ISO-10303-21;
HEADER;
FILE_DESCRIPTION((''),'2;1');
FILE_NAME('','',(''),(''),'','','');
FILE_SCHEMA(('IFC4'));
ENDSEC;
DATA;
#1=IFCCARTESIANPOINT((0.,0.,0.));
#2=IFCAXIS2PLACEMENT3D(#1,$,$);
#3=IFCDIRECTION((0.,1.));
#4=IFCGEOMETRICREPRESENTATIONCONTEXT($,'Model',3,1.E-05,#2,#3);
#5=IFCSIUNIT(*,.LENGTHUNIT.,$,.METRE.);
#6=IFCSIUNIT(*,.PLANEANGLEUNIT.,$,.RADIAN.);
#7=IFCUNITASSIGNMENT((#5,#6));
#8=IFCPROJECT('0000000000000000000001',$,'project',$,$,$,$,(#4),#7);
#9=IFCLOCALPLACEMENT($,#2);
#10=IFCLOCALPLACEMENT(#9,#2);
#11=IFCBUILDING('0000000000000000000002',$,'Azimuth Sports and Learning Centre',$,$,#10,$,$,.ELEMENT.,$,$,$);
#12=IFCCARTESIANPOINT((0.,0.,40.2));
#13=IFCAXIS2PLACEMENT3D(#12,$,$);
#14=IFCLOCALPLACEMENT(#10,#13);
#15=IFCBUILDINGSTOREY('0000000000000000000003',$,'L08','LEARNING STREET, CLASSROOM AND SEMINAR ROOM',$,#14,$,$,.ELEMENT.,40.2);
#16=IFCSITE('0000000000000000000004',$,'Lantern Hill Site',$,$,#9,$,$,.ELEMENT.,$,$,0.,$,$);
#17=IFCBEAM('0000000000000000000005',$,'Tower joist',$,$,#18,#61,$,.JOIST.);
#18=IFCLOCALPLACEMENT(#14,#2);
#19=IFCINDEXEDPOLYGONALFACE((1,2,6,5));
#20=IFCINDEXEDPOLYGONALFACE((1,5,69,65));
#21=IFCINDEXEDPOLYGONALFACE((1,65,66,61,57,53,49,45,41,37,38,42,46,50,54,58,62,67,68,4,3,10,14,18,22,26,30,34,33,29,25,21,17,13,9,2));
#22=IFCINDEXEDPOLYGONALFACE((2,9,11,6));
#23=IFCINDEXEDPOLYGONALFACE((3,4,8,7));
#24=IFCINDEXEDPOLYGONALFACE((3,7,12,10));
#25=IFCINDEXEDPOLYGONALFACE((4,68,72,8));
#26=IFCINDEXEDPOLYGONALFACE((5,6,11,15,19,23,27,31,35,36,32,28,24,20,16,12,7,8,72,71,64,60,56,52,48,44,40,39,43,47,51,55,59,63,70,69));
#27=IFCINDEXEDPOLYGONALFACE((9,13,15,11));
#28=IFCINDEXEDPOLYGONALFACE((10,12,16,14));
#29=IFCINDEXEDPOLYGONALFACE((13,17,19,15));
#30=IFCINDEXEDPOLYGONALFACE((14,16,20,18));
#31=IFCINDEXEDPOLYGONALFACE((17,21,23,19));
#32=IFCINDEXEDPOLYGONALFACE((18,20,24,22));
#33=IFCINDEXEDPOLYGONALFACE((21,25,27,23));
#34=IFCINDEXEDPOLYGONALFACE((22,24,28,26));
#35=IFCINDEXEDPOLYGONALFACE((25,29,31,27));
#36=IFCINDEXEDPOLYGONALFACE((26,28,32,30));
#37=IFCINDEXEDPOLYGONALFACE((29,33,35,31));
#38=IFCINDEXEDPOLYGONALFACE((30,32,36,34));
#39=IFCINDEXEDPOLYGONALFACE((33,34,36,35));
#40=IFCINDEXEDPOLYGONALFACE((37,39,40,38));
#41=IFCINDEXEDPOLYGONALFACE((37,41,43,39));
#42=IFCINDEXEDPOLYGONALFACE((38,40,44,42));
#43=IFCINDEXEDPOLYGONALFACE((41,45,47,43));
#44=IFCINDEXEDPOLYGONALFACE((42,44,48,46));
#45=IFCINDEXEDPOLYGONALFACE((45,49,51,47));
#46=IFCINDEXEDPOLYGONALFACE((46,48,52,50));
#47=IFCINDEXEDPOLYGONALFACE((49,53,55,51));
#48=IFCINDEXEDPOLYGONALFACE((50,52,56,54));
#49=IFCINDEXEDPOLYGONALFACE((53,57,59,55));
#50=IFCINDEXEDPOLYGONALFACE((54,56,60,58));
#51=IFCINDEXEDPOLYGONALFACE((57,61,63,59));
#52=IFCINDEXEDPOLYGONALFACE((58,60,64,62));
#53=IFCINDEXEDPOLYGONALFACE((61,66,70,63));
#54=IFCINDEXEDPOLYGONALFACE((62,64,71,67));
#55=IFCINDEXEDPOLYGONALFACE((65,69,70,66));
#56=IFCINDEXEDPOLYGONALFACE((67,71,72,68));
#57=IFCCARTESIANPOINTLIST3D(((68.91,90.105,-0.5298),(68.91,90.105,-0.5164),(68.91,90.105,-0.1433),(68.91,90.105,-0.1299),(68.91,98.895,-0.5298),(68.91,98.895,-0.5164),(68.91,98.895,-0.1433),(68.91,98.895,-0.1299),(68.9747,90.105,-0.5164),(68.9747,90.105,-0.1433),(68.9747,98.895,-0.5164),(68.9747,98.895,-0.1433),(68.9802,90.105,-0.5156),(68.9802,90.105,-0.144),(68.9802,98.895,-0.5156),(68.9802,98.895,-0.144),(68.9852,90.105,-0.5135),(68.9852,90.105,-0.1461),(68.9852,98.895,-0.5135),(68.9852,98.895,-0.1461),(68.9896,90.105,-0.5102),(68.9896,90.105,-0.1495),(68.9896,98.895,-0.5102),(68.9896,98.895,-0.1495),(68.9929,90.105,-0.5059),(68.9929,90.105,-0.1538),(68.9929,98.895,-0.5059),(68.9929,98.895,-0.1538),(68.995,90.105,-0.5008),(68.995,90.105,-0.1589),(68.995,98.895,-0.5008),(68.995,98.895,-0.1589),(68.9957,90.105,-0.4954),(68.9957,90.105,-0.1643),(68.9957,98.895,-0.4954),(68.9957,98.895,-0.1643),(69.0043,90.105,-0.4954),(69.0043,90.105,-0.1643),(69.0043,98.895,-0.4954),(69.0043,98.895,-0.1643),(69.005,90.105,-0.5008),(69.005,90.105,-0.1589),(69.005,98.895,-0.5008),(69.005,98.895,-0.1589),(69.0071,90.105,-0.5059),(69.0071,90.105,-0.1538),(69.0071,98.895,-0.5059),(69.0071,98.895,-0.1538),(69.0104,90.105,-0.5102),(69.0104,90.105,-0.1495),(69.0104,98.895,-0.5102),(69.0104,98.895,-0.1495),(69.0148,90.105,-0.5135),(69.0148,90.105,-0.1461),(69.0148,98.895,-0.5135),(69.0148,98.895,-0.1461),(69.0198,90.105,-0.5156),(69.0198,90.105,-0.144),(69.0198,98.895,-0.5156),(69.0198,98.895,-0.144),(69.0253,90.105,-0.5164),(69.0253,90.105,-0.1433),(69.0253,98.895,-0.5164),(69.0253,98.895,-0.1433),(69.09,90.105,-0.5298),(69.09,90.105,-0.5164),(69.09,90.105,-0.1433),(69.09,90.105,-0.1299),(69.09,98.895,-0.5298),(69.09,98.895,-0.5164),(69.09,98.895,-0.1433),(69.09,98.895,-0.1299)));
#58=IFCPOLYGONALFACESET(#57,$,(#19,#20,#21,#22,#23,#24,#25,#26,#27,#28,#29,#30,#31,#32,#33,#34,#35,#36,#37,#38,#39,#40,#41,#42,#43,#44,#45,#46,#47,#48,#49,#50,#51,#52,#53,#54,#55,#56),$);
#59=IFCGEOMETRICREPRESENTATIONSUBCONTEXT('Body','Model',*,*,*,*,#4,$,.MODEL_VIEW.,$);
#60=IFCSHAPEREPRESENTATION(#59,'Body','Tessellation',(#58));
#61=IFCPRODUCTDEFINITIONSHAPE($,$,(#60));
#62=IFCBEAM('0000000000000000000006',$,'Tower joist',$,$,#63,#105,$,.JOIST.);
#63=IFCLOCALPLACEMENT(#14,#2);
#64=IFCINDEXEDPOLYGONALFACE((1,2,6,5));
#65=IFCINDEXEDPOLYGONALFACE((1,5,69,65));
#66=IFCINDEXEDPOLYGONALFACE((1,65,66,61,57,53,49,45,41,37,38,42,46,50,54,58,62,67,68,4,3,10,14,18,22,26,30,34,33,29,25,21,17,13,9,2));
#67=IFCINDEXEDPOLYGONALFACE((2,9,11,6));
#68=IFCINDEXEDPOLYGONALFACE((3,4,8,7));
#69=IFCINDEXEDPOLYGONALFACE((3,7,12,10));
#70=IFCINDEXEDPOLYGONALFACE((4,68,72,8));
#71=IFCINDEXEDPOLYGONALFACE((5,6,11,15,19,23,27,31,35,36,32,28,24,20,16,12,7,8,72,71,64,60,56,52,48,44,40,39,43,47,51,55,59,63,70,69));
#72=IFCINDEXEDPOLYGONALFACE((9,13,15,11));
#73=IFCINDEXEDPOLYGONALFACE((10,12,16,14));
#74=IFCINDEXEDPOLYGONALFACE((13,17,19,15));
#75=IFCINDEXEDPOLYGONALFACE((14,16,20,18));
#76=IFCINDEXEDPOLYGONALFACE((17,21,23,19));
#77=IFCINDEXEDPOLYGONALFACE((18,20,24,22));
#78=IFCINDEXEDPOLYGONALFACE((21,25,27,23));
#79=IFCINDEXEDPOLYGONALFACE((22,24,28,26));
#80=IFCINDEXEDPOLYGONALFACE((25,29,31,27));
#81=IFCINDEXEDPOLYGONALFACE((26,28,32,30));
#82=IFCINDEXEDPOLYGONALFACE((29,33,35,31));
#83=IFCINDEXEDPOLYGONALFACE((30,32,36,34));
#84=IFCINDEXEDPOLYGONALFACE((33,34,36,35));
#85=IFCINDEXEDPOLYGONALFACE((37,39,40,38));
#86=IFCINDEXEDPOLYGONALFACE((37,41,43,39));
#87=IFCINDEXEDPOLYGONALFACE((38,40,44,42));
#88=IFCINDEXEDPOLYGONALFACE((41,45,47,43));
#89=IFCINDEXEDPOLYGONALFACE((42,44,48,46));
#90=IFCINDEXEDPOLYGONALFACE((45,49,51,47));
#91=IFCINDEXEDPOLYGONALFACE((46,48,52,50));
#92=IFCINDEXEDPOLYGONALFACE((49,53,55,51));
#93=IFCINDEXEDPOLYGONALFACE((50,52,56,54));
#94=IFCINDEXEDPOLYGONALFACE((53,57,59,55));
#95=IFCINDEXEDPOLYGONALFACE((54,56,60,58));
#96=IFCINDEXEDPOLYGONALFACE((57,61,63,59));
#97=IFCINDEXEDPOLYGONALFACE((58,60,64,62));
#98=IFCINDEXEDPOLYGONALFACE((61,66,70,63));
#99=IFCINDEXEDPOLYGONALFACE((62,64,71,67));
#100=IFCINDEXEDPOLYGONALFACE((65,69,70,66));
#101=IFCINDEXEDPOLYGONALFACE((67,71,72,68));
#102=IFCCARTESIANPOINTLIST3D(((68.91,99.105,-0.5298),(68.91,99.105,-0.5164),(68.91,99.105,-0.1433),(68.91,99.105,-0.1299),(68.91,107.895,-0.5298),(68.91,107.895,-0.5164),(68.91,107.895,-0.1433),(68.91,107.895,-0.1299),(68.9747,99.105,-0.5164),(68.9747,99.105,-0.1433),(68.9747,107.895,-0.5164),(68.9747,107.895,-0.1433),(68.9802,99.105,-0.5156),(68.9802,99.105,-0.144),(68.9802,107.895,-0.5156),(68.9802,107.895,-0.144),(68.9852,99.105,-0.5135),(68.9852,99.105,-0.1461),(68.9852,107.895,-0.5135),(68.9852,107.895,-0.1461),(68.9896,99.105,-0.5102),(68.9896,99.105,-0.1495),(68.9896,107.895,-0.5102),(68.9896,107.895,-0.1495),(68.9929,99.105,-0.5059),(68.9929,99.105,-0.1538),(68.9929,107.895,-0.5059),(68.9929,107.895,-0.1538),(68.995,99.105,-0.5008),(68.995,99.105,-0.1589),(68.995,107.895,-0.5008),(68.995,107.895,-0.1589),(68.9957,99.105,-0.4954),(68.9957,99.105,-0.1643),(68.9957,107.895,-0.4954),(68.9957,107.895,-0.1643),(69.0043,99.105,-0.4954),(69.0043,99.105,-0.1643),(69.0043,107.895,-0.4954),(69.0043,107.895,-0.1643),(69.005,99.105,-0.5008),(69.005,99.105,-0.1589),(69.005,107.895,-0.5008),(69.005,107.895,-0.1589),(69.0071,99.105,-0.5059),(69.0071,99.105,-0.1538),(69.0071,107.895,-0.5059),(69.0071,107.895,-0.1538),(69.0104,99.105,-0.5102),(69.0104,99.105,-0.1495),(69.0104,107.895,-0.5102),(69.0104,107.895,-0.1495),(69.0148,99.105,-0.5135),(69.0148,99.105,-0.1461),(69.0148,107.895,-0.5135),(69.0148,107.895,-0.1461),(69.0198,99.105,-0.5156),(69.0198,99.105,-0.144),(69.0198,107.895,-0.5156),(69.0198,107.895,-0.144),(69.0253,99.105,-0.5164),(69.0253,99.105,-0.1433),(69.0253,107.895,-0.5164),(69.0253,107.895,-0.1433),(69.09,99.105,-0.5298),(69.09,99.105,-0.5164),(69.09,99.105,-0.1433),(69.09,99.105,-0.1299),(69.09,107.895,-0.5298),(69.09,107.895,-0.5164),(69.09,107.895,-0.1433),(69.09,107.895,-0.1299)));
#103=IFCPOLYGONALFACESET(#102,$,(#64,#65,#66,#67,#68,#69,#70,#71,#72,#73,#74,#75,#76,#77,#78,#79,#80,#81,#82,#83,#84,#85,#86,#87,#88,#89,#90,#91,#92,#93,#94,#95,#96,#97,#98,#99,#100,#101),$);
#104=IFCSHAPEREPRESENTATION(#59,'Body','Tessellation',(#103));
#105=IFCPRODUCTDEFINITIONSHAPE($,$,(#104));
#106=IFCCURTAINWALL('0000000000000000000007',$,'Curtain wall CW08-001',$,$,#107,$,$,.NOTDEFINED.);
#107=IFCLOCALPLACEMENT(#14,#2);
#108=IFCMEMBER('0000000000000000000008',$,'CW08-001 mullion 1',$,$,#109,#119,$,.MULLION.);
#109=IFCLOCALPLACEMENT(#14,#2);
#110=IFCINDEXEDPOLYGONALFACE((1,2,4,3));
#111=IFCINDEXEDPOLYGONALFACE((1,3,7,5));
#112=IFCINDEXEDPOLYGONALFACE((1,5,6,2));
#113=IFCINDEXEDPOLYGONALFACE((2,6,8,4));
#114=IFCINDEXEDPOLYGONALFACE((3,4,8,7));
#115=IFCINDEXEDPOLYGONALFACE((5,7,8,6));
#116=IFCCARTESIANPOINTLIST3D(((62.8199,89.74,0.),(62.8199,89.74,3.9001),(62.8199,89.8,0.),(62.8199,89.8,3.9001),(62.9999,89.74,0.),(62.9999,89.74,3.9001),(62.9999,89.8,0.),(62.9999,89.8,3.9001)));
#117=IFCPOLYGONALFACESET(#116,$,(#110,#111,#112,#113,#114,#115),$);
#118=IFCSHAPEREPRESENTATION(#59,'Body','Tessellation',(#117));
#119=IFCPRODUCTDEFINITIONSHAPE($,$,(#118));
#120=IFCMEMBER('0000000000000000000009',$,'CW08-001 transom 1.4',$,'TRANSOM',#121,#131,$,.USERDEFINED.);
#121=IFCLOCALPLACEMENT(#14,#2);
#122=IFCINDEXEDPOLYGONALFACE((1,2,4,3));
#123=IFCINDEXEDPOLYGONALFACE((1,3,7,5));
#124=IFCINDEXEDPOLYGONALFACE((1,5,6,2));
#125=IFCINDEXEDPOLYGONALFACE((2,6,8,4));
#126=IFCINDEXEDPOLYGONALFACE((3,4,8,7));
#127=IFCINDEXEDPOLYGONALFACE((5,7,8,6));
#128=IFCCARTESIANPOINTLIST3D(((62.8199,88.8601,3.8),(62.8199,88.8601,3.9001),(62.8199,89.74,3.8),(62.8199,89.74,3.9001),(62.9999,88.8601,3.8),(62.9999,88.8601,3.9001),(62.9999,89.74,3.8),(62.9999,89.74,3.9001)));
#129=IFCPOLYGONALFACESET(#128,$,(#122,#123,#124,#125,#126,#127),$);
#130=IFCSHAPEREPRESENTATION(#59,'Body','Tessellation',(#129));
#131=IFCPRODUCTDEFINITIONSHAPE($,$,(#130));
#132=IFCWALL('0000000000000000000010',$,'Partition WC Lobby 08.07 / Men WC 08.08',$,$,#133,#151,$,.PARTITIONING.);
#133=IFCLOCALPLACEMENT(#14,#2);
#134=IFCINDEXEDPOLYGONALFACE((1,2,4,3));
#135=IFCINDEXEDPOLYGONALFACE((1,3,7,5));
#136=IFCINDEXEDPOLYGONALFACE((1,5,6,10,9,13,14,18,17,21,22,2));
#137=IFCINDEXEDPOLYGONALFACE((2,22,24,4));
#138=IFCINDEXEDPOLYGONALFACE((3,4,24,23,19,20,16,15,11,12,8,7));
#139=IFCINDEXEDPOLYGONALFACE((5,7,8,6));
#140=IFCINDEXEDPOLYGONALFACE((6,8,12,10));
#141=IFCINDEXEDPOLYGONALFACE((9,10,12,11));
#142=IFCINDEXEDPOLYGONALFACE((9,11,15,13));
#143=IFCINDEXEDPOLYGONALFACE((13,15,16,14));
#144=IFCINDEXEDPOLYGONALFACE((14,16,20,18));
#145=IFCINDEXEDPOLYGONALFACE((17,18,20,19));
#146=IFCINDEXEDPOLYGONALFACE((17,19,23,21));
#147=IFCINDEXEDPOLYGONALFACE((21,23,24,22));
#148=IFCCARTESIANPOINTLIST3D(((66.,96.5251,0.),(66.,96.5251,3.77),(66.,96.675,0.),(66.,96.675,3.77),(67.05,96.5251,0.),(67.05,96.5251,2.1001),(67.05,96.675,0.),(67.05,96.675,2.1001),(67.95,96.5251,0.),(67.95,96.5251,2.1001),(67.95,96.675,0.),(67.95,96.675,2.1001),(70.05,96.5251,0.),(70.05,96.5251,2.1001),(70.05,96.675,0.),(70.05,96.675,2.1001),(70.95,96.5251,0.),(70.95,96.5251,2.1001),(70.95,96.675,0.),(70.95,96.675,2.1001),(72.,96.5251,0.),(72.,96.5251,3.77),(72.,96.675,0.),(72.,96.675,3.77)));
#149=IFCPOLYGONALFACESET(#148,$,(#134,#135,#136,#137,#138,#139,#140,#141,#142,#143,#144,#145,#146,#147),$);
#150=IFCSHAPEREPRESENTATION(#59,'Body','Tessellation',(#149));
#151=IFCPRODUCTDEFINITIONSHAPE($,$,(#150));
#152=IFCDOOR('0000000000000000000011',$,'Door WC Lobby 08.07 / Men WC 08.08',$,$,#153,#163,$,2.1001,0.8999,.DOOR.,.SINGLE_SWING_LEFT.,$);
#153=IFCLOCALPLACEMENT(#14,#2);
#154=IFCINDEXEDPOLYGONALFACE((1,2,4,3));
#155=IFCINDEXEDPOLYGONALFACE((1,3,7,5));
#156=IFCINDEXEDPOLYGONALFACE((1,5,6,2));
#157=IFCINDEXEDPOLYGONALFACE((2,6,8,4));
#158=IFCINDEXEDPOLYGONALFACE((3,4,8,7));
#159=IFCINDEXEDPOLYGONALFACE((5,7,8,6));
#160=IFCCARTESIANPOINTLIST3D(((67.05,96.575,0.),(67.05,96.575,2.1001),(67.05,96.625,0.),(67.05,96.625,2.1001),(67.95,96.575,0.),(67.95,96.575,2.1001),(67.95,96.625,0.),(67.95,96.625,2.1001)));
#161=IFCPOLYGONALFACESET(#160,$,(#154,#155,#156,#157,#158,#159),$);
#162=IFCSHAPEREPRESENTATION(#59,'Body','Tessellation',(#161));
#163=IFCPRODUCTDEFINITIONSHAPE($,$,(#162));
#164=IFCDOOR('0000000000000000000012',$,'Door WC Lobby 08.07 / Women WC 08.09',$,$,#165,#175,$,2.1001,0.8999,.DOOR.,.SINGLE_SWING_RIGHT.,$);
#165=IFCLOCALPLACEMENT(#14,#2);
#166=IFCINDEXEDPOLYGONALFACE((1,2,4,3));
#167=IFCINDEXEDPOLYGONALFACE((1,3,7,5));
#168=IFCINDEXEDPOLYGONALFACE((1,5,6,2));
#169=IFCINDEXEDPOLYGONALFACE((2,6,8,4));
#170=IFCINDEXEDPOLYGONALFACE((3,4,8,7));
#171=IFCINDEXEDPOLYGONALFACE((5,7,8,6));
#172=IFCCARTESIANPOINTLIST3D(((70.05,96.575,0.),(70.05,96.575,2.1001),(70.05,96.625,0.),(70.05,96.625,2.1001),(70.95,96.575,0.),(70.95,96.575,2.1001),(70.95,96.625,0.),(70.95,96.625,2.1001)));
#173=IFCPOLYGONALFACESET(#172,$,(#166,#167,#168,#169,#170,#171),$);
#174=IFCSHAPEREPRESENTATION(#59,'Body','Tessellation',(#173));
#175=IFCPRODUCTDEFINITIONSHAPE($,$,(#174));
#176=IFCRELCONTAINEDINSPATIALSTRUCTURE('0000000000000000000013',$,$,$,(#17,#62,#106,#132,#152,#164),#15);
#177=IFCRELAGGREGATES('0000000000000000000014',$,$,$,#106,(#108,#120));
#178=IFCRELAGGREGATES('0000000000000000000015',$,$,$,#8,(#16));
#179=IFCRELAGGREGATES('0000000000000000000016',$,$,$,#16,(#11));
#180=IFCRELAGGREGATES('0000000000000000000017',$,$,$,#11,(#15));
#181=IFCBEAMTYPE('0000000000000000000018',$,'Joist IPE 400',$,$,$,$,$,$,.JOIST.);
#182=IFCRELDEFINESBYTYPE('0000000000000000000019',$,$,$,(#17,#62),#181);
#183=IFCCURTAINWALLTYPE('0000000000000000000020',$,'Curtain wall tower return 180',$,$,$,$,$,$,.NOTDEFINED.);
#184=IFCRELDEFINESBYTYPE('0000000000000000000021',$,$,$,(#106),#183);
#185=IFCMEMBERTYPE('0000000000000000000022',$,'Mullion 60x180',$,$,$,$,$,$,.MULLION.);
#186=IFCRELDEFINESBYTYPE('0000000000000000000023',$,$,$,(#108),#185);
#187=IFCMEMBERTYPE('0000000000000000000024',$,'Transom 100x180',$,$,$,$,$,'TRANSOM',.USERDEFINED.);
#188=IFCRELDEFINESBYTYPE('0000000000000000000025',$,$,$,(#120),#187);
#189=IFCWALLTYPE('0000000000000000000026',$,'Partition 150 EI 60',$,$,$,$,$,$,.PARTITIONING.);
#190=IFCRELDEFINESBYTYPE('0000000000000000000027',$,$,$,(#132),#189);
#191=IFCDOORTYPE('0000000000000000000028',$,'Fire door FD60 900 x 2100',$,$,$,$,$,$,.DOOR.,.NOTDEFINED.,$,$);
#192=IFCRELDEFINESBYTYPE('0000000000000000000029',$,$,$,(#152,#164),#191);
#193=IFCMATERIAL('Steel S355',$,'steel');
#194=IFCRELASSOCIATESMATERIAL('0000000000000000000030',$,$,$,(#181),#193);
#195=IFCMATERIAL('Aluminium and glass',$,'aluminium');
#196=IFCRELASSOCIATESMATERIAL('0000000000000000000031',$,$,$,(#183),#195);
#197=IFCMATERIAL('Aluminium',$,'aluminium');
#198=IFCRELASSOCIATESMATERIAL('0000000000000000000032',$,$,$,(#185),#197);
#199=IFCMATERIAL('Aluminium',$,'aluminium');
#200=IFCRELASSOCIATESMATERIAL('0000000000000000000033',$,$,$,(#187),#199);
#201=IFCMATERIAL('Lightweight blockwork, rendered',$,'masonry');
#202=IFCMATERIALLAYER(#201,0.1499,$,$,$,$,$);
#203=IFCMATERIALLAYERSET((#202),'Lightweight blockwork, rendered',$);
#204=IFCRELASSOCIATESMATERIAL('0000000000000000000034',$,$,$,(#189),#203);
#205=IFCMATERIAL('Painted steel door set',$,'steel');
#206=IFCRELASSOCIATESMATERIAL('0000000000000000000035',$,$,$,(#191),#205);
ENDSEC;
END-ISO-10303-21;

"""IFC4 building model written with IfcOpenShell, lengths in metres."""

from ifc_helpers import new_model, si_unit, direction, frame, frame_2d, origin, origin_2d, place, context, subcontext, project, spatial, rectangle, i_section, extrude, material, layer, layer_set, material_profile, profile_set, type_object, element, fill, aggregate, save


model = new_model("IFC4")

# Units and contexts
model_context = context("Model", 3, precision=1e-05, world=origin(), true_north=direction((0.0, 1.0)))
body_context = subcontext(model_context, "Body", "Model", "MODEL_VIEW")
ifc_project = project(units=[si_unit("LENGTHUNIT", "METRE"), si_unit("PLANEANGLEUNIT", "RADIAN")], contexts=[model_context])

# Site, building, storey
site_placement = place(None, origin())
site = spatial("IfcSite", under=ifc_project, at=site_placement, Name="Lantern Hill Site", CompositionType="ELEMENT", RefElevation=0.0)
building_placement = place(site_placement, origin())
building = spatial("IfcBuilding", under=site, at=building_placement, Name="Azimuth Sports and Learning Centre", CompositionType="ELEMENT")
storey_placement = place(building_placement, frame((0.0, 0.0, 40.2)))
storey = spatial("IfcBuildingStorey", under=building, at=storey_placement, Name="L08", Description="LEARNING STREET, CLASSROOM AND SEMINAR ROOM", CompositionType="ELEMENT", Elevation=40.2)

# Beams
ifc_material_1 = material(Name="Steel S355", Category="steel")
ifc_material_profile_1 = material_profile(ifc_material_1, i_section(OverallWidth=0.1799, OverallDepth=0.3999, WebThickness=0.0085, FlangeThickness=0.0134, FilletRadius=0.021, at=origin_2d()), Name="IPE 400")
ifc_profile_set_1 = profile_set([ifc_material_profile_1], Name="Steel S355")
beam_type_1 = type_object("IfcBeamType", Name="Joist IPE 400", PredefinedType="JOIST", material=ifc_profile_set_1)
for number, where, z_axis, x_axis, name in (
    (1, (69.0, 90.105, -0.3298), (0.0, 1.0, 0.0), (-1.0, 0.0, 0.0), "Tower joist"),
    (2, (69.0, 99.105, -0.3298), (0.0, 1.0, 0.0), (-1.0, 0.0, 0.0), "Tower joist"),
):
    element("IfcBeam", number, at=place(storey_placement, frame(where, z_axis=z_axis, x_axis=x_axis)), inside=storey, type_object=beam_type_1, Name=name, PredefinedType="JOIST", context=body_context, shape_type="SweptSolid", body=[
        extrude(i_section(OverallWidth=0.1799, OverallDepth=0.3999, WebThickness=0.0085, FlangeThickness=0.0134, FilletRadius=0.021, at=origin_2d()), origin(), (0.0, 0.0, 1.0), 8.79),
    ])

# Curtain wall, members
ifc_material_2 = material(Name="Aluminium and glass", Category="aluminium")
curtain_wall_type = type_object("IfcCurtainWallType", Name="Curtain wall tower return 180", PredefinedType="NOTDEFINED", material=ifc_material_2)
curtain_wall_placement = place(storey_placement, origin())
curtain_wall = element("IfcCurtainWall", 3, at=curtain_wall_placement, inside=storey, type_object=curtain_wall_type, Name="Curtain wall CW08-001", PredefinedType="NOTDEFINED")
ifc_material_3 = material(Name="Aluminium", Category="aluminium")
ifc_material_profile_2 = material_profile(ifc_material_3, rectangle(XDim=0.1799, YDim=0.0601, at=origin_2d()), Name="Mullion 60x180")
ifc_profile_set_2 = profile_set([ifc_material_profile_2], Name="Aluminium")
member_type_1 = type_object("IfcMemberType", Name="Mullion 60x180", PredefinedType="MULLION", material=ifc_profile_set_2)
member_1_placement = place(storey_placement, frame((62.9099, 89.77, 0.0), z_axis=(0.0, 0.0, 1.0), x_axis=(1.0, 0.0, 0.0)))
member_1 = element("IfcMember", 4, at=member_1_placement, type_object=member_type_1, Name="CW08-001 mullion 1", PredefinedType="MULLION", context=body_context, shape_type="SweptSolid", body=[
    extrude(rectangle(XDim=0.1799, YDim=0.0601, at=origin_2d()), origin(), (0.0, 0.0, 1.0), 3.9001),
])
ifc_material_4 = material(Name="Aluminium", Category="aluminium")
ifc_material_profile_3 = material_profile(ifc_material_4, rectangle(XDim=0.1799, YDim=0.1001, at=origin_2d()), Name="Transom 100x180")
ifc_profile_set_3 = profile_set([ifc_material_profile_3], Name="Aluminium")
member_type_2 = type_object("IfcMemberType", Name="Transom 100x180", ElementType="TRANSOM", PredefinedType="USERDEFINED", material=ifc_profile_set_3)
member_2_placement = place(storey_placement, frame((62.9099, 89.74, 3.8501), z_axis=(0.0, -1.0, 0.0), x_axis=(1.0, 0.0, 0.0)))
member_2 = element("IfcMember", 5, at=member_2_placement, type_object=member_type_2, Name="CW08-001 transom 1.4", ObjectType="TRANSOM", PredefinedType="USERDEFINED", context=body_context, shape_type="SweptSolid", body=[
    extrude(rectangle(XDim=0.1799, YDim=0.1001, at=origin_2d()), origin(), (0.0, 0.0, 1.0), 0.8799),
])
aggregate(curtain_wall, [member_1, member_2])

# Wall, openings, doors
ifc_material_5 = material(Name="Lightweight blockwork, rendered", Category="masonry")
ifc_layer_1 = layer(ifc_material_5, 0.1499)
ifc_layer_set_1 = layer_set([ifc_layer_1], Name="Lightweight blockwork, rendered")
wall_type_1 = type_object("IfcWallType", Name="Partition 150 EI 60", PredefinedType="PARTITIONING", material=ifc_layer_set_1)
wall_1_placement = place(storey_placement, frame((66.0, 96.6001, 0.0), z_axis=(0.0, 0.0, 1.0), x_axis=(1.0, 0.0, 0.0)))
wall_1 = element("IfcWall", 6, at=wall_1_placement, inside=storey, type_object=wall_type_1, Name="Partition WC Lobby 08.07 / Men WC 08.08", PredefinedType="PARTITIONING", context=body_context, shape_type="SweptSolid", body=[
    extrude(rectangle(XDim=6.0, YDim=0.1499, at=frame_2d((3.0, 0.0))), origin(), (0.0, 0.0, 1.0), 3.77),
])
opening_1_placement = place(wall_1_placement, frame((1.05, 0.0, 0.0)))
opening_1 = element("IfcOpeningElement", 7, at=opening_1_placement, cuts=wall_1, PredefinedType="OPENING", context=body_context, shape_type="SweptSolid", body=[
    extrude(rectangle(XDim=0.8999, YDim=2.1001, at=frame_2d((0.45, 1.05))), frame((0.0, 0.0859, 0.0), z_axis=(0.0, -1.0, 0.0), x_axis=(1.0, 0.0, 0.0)), (0.0, 0.0, 1.0), 0.1719),
])
opening_2_placement = place(wall_1_placement, frame((4.05, 0.0, 0.0)))
opening_2 = element("IfcOpeningElement", 8, at=opening_2_placement, cuts=wall_1, PredefinedType="OPENING", context=body_context, shape_type="SweptSolid", body=[
    extrude(rectangle(XDim=0.8999, YDim=2.1001, at=frame_2d((0.45, 1.05))), frame((0.0, 0.0859, 0.0), z_axis=(0.0, -1.0, 0.0), x_axis=(1.0, 0.0, 0.0)), (0.0, 0.0, 1.0), 0.1719),
])
ifc_material_6 = material(Name="Painted steel door set", Category="steel")
door_type_1 = type_object("IfcDoorType", Name="Fire door FD60 900 x 2100", OperationType="NOTDEFINED", PredefinedType="DOOR", material=ifc_material_6)
door_1_placement = place(opening_1_placement, origin())
door_1 = element("IfcDoor", 9, at=door_1_placement, inside=storey, type_object=door_type_1, Name="Door WC Lobby 08.07 / Men WC 08.08", OperationType="SINGLE_SWING_LEFT", OverallHeight=2.1001, OverallWidth=0.8999, PredefinedType="DOOR", context=body_context, shape_type="SweptSolid", body=[
    extrude(rectangle(XDim=0.8999, YDim=2.1001, at=frame_2d((0.45, 1.05))), frame((0.0, 0.0249, 0.0), z_axis=(0.0, -1.0, 0.0), x_axis=(1.0, 0.0, 0.0)), (0.0, 0.0, 1.0), 0.05),
])
fill(opening_1, door_1)
door_2_placement = place(opening_2_placement, origin())
door_2 = element("IfcDoor", 10, at=door_2_placement, inside=storey, type_object=door_type_1, Name="Door WC Lobby 08.07 / Women WC 08.09", OperationType="SINGLE_SWING_RIGHT", OverallHeight=2.1001, OverallWidth=0.8999, PredefinedType="DOOR", context=body_context, shape_type="SweptSolid", body=[
    extrude(rectangle(XDim=0.8999, YDim=2.1001, at=frame_2d((0.45, 1.05))), frame((0.0, 0.0249, 0.0), z_axis=(0.0, -1.0, 0.0), x_axis=(1.0, 0.0, 0.0)), (0.0, 0.0, 1.0), 0.05),
])
fill(opening_2, door_2)

save(model, "model.ifc")
